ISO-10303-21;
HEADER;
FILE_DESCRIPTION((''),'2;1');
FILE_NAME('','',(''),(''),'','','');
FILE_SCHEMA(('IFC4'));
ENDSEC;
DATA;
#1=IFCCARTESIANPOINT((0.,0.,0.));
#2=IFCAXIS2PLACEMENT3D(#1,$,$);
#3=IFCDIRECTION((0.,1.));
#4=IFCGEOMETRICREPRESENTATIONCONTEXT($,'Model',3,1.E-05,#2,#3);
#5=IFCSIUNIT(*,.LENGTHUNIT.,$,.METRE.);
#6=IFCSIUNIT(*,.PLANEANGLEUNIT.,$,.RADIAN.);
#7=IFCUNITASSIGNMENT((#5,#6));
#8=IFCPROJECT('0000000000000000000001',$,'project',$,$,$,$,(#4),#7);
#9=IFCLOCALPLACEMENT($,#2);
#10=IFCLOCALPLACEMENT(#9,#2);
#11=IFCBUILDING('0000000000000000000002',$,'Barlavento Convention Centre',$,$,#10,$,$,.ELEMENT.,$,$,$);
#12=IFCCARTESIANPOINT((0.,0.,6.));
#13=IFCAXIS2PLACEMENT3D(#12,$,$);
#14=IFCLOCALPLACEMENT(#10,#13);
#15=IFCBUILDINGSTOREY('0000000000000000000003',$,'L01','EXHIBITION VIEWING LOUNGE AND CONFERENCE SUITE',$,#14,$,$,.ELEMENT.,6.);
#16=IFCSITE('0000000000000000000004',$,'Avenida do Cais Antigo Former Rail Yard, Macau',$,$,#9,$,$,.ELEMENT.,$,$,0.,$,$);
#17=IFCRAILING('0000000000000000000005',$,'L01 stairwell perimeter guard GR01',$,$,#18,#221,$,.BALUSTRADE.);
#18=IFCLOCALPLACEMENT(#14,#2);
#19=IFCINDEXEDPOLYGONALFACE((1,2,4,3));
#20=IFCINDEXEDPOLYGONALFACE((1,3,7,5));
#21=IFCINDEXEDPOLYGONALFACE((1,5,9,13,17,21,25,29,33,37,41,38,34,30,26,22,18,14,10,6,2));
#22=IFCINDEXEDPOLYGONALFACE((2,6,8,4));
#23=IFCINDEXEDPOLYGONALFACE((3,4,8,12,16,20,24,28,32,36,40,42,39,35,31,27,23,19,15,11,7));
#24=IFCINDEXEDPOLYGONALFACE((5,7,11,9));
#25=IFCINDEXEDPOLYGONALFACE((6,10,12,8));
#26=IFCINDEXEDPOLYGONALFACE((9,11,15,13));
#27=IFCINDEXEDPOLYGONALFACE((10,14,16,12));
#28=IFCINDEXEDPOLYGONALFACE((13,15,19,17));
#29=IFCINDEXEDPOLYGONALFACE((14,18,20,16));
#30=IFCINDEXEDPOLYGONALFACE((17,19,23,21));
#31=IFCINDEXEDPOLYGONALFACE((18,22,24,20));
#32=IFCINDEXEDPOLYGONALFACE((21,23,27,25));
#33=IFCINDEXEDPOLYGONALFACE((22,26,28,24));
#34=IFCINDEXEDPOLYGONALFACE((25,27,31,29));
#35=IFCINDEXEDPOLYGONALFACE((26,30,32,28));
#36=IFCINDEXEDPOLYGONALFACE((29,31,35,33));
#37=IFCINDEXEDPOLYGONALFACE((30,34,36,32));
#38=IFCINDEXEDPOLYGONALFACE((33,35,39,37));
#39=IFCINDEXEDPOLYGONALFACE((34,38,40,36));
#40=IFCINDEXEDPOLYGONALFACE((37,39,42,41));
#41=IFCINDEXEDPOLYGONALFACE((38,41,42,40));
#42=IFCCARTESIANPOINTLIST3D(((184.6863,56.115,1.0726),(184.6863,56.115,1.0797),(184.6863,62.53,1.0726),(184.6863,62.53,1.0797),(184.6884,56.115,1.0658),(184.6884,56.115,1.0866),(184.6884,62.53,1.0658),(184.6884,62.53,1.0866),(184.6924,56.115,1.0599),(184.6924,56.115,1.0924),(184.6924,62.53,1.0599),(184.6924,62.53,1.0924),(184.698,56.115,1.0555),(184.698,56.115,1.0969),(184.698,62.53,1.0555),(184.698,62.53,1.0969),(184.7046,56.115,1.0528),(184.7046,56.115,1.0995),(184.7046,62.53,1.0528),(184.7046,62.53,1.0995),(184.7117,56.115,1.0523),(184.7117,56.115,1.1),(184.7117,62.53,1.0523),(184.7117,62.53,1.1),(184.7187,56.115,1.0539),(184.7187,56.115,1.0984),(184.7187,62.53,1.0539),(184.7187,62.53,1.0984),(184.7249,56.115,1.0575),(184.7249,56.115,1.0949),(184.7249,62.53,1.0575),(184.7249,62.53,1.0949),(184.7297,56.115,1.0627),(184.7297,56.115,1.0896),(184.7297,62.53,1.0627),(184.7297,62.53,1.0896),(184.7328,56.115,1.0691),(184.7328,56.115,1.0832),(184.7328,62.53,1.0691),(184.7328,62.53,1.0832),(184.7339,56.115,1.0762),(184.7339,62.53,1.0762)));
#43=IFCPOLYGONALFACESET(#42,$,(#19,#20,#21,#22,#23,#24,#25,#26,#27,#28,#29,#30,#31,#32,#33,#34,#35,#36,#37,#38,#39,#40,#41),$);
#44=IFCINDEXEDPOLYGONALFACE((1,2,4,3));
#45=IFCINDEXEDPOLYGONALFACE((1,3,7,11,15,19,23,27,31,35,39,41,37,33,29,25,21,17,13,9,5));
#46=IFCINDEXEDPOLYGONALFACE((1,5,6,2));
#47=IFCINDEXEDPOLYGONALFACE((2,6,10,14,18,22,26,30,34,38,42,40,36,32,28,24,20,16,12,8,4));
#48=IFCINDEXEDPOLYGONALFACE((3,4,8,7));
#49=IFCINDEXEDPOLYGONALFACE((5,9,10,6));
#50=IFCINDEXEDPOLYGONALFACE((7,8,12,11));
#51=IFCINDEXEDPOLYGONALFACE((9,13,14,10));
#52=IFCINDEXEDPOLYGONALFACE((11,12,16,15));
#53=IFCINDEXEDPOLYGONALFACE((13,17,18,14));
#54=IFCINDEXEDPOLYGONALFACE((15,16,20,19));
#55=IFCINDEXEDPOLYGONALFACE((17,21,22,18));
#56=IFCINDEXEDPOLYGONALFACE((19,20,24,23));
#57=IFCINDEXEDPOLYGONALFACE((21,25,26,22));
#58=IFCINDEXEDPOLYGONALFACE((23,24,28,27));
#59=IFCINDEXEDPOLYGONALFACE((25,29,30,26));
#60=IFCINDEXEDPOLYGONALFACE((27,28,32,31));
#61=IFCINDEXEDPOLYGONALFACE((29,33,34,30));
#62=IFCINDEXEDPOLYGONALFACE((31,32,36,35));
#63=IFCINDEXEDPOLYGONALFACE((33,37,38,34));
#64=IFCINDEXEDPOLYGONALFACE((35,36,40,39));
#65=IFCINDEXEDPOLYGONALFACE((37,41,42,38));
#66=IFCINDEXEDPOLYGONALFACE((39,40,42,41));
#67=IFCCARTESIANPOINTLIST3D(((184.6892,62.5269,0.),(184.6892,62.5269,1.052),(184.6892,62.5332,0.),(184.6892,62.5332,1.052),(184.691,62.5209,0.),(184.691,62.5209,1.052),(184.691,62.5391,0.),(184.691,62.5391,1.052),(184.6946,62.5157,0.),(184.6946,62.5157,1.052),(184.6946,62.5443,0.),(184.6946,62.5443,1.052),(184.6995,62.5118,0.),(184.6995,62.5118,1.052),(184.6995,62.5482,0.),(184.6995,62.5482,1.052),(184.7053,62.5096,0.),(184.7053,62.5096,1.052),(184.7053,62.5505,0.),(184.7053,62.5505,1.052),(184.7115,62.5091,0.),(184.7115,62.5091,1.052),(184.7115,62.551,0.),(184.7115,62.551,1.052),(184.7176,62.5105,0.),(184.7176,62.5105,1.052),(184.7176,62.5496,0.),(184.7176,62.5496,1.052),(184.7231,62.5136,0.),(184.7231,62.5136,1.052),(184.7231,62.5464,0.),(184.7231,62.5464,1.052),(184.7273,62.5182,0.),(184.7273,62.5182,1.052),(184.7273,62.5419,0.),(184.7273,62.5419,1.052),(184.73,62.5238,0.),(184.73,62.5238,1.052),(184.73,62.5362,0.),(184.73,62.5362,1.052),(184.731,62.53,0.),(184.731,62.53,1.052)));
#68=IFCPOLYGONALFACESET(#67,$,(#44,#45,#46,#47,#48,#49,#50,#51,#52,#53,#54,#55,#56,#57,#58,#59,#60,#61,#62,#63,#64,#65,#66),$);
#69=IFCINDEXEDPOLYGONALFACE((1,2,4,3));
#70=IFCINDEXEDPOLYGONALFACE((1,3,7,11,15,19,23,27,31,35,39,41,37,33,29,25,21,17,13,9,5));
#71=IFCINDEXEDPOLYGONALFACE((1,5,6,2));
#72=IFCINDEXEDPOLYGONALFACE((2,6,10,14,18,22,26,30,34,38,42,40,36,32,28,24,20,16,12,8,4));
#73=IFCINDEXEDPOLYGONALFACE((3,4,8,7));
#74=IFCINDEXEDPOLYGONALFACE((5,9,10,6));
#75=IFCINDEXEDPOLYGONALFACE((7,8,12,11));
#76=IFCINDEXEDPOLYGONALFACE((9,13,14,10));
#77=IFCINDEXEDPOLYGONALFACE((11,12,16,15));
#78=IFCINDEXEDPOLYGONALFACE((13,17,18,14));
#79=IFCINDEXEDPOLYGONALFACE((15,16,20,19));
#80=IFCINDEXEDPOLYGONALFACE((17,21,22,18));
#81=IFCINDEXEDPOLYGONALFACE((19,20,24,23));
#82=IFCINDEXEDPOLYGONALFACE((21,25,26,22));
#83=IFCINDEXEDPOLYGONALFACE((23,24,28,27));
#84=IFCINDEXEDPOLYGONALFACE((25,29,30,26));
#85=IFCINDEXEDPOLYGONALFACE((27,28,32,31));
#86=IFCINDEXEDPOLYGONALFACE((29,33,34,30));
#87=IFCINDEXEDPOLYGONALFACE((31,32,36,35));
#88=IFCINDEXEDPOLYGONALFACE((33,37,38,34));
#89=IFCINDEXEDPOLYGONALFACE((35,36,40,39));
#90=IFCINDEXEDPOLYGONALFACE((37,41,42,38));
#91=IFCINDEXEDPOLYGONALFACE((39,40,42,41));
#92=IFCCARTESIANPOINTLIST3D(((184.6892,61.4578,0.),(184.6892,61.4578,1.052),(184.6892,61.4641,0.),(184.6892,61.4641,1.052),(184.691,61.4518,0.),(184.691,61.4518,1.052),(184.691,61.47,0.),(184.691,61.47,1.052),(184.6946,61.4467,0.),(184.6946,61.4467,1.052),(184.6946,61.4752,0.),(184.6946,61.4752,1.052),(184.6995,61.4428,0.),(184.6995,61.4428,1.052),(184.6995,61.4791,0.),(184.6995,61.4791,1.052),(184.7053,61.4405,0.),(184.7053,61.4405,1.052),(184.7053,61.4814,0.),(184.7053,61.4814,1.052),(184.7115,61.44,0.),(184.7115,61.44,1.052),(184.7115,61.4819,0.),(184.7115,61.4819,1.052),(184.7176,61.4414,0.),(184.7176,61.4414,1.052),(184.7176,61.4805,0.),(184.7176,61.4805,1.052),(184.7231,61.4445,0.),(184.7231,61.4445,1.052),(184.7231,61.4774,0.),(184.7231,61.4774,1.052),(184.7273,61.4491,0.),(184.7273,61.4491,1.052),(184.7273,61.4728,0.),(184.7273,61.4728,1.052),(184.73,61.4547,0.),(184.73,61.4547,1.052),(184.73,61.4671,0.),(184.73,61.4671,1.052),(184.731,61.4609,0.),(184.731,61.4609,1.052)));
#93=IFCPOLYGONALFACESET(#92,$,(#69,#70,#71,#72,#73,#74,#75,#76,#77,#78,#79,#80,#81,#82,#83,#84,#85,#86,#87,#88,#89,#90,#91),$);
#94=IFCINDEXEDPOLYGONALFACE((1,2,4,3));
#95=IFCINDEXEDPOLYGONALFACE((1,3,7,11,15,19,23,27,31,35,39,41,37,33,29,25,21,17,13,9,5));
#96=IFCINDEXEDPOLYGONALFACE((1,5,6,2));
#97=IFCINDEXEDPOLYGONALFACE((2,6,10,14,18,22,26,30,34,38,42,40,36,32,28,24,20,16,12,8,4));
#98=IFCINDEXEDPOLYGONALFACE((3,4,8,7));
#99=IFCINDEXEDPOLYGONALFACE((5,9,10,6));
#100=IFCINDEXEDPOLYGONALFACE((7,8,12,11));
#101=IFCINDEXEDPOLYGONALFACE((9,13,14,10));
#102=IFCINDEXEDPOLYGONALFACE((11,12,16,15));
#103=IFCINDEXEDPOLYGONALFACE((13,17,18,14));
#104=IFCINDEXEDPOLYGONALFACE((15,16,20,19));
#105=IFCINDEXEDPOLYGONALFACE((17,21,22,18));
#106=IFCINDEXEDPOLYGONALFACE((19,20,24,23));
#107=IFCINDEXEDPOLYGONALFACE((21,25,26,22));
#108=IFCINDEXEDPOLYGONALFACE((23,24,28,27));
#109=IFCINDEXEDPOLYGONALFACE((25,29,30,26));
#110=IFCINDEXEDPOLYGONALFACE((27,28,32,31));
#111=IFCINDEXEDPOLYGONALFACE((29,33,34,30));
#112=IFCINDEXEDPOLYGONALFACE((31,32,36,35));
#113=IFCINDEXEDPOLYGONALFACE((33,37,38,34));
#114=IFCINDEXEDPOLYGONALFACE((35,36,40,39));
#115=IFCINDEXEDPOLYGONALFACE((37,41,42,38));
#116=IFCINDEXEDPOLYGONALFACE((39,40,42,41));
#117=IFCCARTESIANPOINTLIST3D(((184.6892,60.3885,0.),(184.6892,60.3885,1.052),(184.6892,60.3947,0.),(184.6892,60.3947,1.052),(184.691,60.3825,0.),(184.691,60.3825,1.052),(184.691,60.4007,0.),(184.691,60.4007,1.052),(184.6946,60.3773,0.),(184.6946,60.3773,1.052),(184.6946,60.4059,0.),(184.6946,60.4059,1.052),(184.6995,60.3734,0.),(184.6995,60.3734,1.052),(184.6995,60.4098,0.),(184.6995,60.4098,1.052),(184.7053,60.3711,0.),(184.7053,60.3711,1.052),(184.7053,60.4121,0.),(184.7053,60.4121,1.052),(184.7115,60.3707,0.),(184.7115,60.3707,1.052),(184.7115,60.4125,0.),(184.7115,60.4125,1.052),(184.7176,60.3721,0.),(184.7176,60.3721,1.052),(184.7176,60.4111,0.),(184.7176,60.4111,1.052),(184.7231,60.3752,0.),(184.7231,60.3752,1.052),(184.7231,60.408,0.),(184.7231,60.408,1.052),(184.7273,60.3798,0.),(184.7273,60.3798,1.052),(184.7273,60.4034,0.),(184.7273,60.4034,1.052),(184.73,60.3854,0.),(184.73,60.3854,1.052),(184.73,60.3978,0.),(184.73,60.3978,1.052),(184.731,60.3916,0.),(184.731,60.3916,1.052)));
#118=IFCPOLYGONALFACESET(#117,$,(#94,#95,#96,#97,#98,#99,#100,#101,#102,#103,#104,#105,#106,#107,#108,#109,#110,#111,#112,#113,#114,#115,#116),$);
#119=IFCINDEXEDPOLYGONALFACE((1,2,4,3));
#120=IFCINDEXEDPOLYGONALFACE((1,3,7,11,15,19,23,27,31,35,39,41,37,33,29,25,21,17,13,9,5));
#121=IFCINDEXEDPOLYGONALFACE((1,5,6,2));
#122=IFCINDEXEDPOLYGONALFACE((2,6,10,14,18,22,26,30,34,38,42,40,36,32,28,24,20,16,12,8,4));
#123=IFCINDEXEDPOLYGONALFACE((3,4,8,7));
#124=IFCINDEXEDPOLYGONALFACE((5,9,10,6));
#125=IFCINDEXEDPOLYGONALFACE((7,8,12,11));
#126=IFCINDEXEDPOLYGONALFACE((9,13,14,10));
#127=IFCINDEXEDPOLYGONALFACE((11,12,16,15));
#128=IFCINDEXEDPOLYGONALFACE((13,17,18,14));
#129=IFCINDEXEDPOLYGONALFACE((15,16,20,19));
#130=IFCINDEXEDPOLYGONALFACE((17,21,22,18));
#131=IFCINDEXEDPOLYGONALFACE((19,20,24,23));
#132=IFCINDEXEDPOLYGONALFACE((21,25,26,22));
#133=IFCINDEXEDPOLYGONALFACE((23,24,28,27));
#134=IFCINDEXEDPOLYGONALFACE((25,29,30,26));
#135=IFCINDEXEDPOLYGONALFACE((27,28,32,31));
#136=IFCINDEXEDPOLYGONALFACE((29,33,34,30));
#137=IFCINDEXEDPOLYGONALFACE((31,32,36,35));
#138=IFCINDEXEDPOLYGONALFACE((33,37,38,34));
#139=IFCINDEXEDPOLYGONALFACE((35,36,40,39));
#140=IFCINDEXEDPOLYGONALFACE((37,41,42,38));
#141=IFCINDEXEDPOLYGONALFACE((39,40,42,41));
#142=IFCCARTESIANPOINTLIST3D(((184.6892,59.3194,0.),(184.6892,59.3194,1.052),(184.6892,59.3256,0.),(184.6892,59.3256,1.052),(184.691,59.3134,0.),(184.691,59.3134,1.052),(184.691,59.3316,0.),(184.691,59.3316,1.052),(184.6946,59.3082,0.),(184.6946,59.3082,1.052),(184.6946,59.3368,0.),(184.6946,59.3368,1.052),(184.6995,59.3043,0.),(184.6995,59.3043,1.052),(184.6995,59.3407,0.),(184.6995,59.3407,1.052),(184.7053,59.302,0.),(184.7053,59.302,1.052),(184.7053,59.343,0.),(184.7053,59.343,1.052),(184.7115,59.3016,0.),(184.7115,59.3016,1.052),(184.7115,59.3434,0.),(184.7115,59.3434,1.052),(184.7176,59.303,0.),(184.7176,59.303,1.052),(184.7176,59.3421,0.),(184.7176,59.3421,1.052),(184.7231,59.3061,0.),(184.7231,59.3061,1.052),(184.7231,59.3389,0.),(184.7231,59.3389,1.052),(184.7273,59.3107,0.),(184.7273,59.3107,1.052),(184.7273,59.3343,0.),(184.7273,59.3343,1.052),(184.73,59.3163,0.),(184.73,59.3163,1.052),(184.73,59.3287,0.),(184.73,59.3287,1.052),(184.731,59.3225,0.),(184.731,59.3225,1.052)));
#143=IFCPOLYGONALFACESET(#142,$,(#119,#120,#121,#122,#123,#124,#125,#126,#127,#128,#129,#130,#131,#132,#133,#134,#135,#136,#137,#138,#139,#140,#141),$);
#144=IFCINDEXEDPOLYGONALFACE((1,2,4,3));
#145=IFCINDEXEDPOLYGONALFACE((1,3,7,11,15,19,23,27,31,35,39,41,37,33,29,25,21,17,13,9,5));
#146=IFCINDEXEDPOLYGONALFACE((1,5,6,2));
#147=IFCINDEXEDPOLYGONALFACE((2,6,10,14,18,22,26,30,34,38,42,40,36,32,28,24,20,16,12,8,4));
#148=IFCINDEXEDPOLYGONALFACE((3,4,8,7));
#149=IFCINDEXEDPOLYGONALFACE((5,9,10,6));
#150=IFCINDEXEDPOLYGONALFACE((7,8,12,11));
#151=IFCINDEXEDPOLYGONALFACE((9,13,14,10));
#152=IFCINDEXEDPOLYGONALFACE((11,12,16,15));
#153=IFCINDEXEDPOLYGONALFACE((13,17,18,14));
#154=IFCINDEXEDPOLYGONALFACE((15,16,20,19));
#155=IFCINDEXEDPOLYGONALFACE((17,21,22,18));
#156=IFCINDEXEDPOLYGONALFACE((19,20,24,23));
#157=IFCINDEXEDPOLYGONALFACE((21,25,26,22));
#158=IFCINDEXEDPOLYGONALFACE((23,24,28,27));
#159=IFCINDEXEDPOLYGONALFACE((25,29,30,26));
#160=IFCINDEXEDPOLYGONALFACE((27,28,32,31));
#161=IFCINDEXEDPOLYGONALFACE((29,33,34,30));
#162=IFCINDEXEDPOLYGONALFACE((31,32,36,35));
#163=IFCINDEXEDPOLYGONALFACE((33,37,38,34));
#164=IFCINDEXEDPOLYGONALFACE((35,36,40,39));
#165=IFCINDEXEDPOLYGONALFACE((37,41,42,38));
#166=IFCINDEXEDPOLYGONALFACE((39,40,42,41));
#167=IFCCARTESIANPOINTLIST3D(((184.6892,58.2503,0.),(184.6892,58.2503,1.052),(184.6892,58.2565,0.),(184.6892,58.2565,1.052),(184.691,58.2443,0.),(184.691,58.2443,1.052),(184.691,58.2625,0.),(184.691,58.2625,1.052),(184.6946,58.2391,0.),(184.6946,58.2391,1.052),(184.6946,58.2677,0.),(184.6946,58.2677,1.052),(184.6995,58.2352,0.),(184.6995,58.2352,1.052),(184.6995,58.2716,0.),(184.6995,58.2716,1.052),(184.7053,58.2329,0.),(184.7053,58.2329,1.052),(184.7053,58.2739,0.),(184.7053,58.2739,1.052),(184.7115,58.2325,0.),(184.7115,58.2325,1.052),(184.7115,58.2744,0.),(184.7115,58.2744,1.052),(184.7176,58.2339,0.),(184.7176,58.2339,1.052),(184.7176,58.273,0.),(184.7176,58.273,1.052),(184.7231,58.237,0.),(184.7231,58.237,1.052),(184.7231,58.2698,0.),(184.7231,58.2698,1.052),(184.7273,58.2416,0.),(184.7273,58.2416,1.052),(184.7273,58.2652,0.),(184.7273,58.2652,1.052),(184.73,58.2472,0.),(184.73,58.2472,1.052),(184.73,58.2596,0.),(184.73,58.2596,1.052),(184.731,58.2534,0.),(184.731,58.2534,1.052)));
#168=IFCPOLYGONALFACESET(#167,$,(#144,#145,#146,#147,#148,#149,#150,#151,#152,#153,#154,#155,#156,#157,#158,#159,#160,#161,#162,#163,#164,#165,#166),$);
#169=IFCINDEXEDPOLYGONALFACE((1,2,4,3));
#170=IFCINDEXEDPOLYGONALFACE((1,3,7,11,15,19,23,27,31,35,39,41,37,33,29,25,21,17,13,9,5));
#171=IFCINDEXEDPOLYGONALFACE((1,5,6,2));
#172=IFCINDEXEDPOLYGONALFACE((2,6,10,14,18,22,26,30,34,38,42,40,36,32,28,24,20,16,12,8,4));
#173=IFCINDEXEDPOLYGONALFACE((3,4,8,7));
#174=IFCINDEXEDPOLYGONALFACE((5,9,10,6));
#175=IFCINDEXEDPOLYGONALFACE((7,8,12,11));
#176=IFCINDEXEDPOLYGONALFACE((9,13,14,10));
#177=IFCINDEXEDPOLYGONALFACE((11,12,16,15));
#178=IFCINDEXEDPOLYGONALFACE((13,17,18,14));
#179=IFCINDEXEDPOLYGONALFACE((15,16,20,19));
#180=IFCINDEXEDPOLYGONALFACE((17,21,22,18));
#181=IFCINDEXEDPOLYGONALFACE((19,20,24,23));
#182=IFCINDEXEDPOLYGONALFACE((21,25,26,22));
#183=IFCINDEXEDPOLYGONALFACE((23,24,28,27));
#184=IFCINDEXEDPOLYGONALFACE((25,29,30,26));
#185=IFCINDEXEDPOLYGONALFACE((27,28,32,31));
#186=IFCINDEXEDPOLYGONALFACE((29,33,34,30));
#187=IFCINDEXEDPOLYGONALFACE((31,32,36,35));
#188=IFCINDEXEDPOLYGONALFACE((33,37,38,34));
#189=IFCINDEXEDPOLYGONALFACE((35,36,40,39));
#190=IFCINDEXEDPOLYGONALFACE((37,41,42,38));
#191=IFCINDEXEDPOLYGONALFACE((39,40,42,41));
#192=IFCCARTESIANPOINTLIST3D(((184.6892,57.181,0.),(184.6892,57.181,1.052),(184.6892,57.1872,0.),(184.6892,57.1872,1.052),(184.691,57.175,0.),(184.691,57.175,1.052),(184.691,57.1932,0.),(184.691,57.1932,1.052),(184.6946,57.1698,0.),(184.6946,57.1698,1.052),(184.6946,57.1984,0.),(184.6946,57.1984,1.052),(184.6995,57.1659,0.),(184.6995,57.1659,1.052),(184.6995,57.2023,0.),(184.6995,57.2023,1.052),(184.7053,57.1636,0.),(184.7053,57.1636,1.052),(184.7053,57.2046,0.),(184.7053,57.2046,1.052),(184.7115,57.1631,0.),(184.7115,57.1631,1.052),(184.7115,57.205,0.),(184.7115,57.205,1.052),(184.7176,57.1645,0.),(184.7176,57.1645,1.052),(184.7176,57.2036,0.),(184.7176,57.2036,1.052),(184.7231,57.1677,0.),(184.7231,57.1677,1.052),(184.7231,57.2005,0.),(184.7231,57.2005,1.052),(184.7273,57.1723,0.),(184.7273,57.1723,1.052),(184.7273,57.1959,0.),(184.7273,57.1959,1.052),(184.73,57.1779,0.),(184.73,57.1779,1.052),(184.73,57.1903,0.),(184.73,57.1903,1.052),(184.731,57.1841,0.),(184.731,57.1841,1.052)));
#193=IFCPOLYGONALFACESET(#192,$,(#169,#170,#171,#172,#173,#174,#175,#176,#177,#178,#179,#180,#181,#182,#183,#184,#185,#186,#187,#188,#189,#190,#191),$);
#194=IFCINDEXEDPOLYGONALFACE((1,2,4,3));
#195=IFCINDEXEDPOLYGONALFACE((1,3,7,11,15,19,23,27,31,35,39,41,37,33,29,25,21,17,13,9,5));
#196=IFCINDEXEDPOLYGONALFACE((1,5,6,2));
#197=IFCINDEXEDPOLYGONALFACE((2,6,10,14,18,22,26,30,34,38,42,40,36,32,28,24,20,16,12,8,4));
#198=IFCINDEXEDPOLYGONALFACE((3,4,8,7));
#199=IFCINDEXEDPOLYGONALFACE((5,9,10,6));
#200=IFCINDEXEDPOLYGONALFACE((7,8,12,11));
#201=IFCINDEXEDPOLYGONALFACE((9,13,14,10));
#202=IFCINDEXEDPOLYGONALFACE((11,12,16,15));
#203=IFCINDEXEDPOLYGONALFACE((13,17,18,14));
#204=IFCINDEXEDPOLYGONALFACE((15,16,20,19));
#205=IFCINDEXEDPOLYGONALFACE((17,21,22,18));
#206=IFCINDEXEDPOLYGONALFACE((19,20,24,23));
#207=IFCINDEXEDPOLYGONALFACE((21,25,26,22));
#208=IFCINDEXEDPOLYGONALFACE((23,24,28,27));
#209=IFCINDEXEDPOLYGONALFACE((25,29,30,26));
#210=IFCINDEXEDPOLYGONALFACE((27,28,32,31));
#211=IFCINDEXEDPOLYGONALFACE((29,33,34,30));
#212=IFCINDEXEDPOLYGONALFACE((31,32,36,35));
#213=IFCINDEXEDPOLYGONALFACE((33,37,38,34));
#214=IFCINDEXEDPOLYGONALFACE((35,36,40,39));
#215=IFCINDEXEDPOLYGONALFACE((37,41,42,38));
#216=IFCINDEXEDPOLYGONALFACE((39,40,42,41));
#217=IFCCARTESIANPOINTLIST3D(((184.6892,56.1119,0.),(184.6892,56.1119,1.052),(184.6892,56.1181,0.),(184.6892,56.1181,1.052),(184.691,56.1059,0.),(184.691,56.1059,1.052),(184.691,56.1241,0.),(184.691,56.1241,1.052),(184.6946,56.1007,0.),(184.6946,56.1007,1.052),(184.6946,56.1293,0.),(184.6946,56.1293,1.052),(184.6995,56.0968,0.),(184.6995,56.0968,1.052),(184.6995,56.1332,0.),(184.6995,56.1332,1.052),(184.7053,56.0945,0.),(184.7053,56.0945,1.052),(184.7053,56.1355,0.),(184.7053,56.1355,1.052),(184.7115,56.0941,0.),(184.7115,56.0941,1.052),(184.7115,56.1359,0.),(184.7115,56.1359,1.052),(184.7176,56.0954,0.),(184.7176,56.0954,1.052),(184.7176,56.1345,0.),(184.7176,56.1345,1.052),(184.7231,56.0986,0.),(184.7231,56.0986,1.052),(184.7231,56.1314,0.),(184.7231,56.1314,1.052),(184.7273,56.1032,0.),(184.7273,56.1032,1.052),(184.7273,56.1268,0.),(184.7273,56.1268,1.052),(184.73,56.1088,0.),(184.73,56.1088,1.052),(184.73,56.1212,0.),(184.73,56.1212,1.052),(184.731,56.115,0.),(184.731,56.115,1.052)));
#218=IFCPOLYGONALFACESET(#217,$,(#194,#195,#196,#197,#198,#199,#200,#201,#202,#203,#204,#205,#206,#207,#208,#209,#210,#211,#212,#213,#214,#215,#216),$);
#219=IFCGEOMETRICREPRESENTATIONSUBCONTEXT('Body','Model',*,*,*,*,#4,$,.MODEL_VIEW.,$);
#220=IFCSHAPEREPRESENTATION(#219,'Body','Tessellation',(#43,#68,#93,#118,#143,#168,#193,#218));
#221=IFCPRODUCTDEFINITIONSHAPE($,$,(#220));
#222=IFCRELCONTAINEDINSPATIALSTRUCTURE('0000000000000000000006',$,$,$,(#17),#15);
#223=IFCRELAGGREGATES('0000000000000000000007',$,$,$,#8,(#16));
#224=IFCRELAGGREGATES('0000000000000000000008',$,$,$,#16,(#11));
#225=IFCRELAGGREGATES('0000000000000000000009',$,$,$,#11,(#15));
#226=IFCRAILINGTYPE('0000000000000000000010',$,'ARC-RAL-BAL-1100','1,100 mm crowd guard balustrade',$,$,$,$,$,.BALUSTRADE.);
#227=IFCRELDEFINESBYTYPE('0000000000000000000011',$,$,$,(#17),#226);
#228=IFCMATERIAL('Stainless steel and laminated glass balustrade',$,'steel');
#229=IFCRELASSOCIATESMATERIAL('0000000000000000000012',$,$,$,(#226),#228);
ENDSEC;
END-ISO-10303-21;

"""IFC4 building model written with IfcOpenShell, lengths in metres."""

from ifc_helpers import new_model, si_unit, direction, frame, origin, origin_2d, place, context, subcontext, project, spatial, circle, extrude, material, type_object, element, save


model = new_model("IFC4")

# Units and contexts
model_context = context("Model", 3, precision=1e-05, world=origin(), true_north=direction((0.0, 1.0)))
body_context = subcontext(model_context, "Body", "Model", "MODEL_VIEW")
ifc_project = project(units=[si_unit("LENGTHUNIT", "METRE"), si_unit("PLANEANGLEUNIT", "RADIAN")], contexts=[model_context])

# Site, building, storey
site_placement = place(None, origin())
site = spatial("IfcSite", under=ifc_project, at=site_placement, Name="Avenida do Cais Antigo Former Rail Yard, Macau", CompositionType="ELEMENT", RefElevation=0.0)
building_placement = place(site_placement, origin())
building = spatial("IfcBuilding", under=site, at=building_placement, Name="Barlavento Convention Centre", CompositionType="ELEMENT")
storey_placement = place(building_placement, frame((0.0, 0.0, 6.0)))
storey = spatial("IfcBuildingStorey", under=building, at=storey_placement, Name="L01", Description="EXHIBITION VIEWING LOUNGE AND CONFERENCE SUITE", CompositionType="ELEMENT", Elevation=6.0)

# Railing
ifc_material_1 = material(Name="Stainless steel and laminated glass balustrade", Category="steel")
railing_type_1 = type_object("IfcRailingType", Name="ARC-RAL-BAL-1100", Description="1,100 mm crowd guard balustrade", PredefinedType="BALUSTRADE", material=ifc_material_1)
railing_1_placement = place(storey_placement, frame((184.71, 62.53, 0.0)))
element("IfcRailing", 1, at=railing_1_placement, inside=storey, type_object=railing_type_1, Name="L01 stairwell perimeter guard GR01", PredefinedType="BALUSTRADE", context=body_context, shape_type="SweptSolid", body=[
    extrude(circle(Radius=0.0239, at=origin_2d()), frame((0.0, 0.0, 1.0762), z_axis=(0.0, -1.0, 0.0), x_axis=(1.0, 0.0, 0.0)), (0.0, 0.0, 1.0), 6.415),
    extrude(circle(Radius=0.021, at=origin_2d()), origin(), (0.0, 0.0, 1.0), 1.052),
    extrude(circle(Radius=0.021, at=origin_2d()), frame((0.0, -1.0691, 0.0)), (0.0, 0.0, 1.0), 1.052),
    extrude(circle(Radius=0.021, at=origin_2d()), frame((0.0, -2.1384, 0.0)), (0.0, 0.0, 1.0), 1.052),
    extrude(circle(Radius=0.021, at=origin_2d()), frame((0.0, -3.2075, 0.0)), (0.0, 0.0, 1.0), 1.052),
    extrude(circle(Radius=0.021, at=origin_2d()), frame((0.0, -4.2766, 0.0)), (0.0, 0.0, 1.0), 1.052),
    extrude(circle(Radius=0.021, at=origin_2d()), frame((0.0, -5.3459, 0.0)), (0.0, 0.0, 1.0), 1.052),
    extrude(circle(Radius=0.021, at=origin_2d()), frame((0.0, -6.415, 0.0)), (0.0, 0.0, 1.0), 1.052),
])

save(model, "model.ifc")
